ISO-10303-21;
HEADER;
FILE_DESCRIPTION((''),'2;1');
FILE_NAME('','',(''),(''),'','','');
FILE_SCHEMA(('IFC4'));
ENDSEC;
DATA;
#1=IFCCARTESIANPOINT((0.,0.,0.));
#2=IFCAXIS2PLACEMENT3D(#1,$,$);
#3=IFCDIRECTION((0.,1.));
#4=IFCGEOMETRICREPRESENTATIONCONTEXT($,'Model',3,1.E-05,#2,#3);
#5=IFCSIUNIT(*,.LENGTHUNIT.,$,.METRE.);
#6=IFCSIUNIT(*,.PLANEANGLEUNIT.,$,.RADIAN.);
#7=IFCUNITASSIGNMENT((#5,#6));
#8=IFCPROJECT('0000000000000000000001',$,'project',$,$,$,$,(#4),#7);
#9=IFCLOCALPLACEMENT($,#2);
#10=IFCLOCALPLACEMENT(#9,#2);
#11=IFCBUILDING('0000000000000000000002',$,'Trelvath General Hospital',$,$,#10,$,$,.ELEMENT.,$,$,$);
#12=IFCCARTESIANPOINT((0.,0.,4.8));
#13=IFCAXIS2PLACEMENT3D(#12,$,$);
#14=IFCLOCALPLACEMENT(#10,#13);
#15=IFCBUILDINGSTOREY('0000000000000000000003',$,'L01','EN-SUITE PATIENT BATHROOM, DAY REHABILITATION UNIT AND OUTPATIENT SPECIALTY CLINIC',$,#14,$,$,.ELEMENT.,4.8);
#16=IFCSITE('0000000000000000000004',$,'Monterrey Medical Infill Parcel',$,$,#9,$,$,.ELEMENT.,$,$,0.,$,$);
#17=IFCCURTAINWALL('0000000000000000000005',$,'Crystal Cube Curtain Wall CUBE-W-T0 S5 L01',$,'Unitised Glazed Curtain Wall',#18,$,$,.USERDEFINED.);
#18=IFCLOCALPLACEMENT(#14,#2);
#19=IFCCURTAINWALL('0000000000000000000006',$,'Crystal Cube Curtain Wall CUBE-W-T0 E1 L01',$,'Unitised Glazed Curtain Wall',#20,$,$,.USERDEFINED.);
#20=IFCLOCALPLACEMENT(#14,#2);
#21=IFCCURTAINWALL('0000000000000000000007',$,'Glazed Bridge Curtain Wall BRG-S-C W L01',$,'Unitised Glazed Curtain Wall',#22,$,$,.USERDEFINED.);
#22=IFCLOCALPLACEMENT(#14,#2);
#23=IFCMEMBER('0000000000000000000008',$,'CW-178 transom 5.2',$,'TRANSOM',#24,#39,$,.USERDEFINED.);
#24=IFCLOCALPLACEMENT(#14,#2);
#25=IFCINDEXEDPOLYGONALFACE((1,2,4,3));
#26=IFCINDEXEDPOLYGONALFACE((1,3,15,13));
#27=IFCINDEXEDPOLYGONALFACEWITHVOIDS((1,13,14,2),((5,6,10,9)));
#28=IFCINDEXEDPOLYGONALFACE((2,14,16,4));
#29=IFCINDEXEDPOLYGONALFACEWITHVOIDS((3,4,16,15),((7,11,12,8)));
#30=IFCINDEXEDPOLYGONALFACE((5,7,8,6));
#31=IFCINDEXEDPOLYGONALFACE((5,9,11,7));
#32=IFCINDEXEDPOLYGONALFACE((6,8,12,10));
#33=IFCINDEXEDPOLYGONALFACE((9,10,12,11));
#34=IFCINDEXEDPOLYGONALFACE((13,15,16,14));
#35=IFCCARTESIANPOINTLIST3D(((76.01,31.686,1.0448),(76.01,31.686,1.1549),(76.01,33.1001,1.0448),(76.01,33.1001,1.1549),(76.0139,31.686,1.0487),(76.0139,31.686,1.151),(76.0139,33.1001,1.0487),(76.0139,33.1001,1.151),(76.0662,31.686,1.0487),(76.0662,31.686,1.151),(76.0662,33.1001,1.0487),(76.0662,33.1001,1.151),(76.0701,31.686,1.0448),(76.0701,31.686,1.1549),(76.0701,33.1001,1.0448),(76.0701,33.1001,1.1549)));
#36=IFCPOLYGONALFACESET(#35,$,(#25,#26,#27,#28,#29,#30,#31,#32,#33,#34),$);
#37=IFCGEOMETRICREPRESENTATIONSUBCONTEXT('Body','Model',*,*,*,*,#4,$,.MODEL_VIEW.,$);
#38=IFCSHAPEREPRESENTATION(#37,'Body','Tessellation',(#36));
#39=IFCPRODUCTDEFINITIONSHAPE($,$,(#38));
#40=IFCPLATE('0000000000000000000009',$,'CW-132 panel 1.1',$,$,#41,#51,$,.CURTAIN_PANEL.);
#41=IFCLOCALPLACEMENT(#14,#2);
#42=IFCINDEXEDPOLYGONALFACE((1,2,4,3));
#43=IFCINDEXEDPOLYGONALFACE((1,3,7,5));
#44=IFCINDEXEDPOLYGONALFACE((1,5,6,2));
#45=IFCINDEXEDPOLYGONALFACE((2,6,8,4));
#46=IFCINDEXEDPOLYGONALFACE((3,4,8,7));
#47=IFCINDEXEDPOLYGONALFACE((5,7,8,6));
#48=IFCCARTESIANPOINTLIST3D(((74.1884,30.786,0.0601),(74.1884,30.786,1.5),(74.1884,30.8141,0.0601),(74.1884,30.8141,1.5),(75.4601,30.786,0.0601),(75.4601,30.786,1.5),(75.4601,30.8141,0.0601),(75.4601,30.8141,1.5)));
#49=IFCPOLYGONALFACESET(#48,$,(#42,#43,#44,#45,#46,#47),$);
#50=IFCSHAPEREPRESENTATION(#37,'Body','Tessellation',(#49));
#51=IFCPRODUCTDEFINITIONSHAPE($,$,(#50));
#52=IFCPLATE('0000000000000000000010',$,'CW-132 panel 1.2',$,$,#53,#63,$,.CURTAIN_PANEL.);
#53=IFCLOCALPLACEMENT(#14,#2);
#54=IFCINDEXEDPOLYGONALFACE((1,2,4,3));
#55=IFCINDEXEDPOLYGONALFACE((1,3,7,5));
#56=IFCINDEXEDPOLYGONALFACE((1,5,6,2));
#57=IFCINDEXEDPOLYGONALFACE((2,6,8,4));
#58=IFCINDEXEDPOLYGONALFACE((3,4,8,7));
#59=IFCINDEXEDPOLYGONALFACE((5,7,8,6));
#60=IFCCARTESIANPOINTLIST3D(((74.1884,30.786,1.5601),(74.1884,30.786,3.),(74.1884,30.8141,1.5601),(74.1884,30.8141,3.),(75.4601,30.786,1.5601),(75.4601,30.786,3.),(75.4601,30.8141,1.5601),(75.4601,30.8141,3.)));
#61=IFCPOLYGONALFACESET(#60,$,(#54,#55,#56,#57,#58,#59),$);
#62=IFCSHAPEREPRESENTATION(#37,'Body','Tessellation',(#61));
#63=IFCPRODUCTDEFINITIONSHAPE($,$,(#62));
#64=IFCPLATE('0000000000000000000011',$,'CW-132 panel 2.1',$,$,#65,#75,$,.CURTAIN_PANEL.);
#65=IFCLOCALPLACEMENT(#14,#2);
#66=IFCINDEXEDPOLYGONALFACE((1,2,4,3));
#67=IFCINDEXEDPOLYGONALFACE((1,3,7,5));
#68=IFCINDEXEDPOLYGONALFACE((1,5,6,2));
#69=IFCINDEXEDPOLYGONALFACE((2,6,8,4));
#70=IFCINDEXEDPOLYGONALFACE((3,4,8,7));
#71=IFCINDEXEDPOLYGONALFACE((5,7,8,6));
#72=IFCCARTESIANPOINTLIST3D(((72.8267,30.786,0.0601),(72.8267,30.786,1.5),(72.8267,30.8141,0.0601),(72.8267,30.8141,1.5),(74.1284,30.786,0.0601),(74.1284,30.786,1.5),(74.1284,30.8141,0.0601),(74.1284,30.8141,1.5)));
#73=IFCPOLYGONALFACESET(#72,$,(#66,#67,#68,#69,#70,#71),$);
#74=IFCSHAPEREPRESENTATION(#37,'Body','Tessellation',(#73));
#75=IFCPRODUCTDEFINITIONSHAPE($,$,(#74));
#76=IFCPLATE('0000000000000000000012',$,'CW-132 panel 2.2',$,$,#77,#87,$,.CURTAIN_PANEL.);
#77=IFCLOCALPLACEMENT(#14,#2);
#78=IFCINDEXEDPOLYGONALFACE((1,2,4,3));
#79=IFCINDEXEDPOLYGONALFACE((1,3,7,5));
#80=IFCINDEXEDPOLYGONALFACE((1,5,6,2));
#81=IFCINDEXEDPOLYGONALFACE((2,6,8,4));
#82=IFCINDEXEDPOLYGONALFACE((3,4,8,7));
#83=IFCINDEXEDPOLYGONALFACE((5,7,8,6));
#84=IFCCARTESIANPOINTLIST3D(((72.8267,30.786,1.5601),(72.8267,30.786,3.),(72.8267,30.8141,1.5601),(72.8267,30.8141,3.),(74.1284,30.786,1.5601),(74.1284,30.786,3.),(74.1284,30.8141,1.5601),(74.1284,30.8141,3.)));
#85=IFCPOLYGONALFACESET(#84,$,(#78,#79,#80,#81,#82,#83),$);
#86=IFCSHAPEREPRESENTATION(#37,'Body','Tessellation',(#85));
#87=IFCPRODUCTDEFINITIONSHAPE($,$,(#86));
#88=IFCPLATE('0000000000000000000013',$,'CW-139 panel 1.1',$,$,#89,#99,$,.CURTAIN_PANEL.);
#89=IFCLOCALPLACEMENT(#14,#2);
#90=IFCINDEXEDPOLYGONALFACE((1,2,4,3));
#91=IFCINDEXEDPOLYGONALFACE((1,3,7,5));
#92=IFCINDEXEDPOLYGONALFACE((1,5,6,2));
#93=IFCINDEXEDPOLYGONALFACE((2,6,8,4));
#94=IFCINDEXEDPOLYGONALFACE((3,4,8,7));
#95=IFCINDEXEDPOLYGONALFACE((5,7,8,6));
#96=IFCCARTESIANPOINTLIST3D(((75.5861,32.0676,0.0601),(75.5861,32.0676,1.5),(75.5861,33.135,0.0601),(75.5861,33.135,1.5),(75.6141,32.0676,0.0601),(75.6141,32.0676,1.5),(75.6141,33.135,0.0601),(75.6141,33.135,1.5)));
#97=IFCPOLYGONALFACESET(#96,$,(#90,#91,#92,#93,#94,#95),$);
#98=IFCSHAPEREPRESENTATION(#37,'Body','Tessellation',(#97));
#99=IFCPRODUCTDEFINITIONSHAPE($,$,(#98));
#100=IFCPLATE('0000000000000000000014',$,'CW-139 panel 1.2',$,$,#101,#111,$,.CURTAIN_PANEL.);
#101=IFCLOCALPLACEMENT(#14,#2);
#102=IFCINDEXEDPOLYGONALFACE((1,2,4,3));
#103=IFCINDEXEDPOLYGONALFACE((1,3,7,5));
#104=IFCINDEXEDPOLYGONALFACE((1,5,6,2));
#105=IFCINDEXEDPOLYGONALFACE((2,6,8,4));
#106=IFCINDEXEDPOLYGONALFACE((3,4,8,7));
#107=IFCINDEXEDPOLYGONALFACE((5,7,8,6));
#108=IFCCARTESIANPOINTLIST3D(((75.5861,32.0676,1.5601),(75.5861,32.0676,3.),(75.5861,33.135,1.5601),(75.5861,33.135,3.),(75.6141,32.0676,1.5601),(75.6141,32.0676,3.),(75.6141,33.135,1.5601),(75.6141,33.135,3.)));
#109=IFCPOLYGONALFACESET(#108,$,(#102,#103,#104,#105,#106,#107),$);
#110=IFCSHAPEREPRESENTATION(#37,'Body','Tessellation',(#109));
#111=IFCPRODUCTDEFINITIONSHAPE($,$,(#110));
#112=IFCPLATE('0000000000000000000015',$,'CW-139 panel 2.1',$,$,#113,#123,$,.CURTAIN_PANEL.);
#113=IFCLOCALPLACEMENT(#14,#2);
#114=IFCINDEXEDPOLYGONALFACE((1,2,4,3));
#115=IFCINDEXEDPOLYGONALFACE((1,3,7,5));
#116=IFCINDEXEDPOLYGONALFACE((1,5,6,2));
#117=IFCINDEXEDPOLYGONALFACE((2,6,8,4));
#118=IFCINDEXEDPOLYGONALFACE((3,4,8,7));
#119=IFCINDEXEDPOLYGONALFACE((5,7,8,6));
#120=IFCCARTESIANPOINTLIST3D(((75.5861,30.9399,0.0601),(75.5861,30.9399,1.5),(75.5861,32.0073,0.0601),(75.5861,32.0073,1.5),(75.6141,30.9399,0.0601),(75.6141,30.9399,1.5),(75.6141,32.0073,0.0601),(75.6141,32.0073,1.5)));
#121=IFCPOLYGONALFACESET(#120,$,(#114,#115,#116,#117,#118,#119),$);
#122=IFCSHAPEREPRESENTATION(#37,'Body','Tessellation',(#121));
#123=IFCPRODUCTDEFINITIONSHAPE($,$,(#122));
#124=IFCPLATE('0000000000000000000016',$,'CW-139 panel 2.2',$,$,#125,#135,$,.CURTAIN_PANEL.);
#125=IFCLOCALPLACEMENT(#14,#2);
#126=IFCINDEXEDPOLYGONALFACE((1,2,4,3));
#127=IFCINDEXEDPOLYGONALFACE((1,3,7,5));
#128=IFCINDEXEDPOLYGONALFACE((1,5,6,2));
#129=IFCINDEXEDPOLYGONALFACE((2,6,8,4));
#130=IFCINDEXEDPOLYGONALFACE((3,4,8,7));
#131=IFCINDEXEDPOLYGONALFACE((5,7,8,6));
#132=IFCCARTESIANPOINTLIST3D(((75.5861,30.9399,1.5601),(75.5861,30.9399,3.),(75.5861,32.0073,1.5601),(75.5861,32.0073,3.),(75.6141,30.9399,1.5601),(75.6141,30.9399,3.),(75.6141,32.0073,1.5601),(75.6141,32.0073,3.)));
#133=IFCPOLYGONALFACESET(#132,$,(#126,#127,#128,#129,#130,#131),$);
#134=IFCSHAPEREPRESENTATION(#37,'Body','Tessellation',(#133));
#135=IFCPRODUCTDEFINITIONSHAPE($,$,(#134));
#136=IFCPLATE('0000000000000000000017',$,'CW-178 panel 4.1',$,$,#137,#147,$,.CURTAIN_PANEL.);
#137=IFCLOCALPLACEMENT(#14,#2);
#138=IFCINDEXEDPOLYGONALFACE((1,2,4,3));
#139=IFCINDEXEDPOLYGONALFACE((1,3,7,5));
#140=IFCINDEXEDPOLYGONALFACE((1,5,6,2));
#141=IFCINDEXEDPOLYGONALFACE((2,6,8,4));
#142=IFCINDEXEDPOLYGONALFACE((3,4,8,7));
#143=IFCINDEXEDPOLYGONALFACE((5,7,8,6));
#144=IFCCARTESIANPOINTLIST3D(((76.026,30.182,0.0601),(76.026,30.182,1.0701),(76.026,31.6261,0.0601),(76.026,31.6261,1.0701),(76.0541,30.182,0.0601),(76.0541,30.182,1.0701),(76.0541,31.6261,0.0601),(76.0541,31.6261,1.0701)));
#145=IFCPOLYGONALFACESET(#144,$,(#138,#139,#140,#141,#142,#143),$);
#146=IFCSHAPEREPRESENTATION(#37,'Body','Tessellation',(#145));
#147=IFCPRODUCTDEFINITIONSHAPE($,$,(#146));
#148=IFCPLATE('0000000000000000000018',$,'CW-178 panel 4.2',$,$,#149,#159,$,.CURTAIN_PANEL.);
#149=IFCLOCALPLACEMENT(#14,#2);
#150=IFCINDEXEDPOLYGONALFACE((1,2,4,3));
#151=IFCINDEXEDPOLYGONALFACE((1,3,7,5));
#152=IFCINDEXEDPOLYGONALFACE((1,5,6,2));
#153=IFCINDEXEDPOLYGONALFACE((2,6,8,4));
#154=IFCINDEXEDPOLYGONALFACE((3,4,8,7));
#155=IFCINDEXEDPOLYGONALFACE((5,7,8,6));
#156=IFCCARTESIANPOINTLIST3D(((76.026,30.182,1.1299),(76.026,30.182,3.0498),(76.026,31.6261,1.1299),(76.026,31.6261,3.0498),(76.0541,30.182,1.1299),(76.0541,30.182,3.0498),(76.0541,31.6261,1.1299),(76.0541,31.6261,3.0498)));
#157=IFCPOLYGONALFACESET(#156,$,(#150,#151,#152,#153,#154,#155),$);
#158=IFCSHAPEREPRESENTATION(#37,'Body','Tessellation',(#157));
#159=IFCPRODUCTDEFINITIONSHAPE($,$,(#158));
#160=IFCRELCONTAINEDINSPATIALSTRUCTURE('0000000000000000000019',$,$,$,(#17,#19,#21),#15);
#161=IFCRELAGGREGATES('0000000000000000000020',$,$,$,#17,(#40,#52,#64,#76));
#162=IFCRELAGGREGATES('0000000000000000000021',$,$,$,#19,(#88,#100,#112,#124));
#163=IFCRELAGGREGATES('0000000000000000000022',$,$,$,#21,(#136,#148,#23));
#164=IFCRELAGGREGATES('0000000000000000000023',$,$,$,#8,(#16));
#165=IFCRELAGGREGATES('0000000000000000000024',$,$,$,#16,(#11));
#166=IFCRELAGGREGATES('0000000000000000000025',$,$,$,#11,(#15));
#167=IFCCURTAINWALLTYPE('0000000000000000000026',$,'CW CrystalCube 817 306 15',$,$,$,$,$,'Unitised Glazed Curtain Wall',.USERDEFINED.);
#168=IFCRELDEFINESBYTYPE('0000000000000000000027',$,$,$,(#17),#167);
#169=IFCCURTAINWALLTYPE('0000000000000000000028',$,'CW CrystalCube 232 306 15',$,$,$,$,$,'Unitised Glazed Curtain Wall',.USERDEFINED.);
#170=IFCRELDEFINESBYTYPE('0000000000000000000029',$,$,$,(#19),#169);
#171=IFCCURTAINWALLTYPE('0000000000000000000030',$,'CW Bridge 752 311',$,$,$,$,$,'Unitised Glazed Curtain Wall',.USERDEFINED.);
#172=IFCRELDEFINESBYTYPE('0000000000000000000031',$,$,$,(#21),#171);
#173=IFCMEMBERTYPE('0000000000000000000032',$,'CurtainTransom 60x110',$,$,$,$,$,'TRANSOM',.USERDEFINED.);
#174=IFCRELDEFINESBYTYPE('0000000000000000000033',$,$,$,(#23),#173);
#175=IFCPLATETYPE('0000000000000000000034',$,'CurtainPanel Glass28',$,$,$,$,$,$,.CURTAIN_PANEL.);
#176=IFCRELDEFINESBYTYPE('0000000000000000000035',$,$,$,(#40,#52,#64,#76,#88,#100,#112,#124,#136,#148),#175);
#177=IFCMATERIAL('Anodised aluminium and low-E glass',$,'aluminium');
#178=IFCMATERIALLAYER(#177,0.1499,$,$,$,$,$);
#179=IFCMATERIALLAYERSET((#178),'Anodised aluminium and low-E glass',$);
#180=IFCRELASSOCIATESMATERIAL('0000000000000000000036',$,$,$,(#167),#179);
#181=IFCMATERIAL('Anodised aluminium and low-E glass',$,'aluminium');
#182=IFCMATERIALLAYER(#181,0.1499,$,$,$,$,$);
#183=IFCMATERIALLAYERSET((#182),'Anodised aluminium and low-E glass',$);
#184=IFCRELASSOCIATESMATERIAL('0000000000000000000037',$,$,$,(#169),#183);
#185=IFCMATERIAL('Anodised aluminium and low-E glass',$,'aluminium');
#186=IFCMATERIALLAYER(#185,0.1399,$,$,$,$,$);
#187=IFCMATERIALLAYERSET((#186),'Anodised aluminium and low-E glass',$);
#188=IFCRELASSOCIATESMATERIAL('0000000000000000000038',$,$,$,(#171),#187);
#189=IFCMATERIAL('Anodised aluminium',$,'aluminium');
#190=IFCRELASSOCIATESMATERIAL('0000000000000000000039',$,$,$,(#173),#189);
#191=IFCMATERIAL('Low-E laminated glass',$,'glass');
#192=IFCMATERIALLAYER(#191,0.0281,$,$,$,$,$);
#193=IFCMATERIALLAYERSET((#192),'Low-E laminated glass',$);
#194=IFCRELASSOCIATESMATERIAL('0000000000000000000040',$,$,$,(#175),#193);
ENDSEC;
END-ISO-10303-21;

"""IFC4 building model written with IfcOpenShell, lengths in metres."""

from ifc_helpers import new_model, si_unit, direction, frame, origin, origin_2d, place, context, subcontext, project, spatial, rectangle, hollow_rectangle, extrude, material, layer, layer_set, material_profile, profile_set, type_object, element, aggregate, save


model = new_model("IFC4")

# Units and contexts
model_context = context("Model", 3, precision=1e-05, world=origin(), true_north=direction((0.0, 1.0)))
body_context = subcontext(model_context, "Body", "Model", "MODEL_VIEW")
ifc_project = project(units=[si_unit("LENGTHUNIT", "METRE"), si_unit("PLANEANGLEUNIT", "RADIAN")], contexts=[model_context])

# Site, building, storey
site_placement = place(None, origin())
site = spatial("IfcSite", under=ifc_project, at=site_placement, Name="Monterrey Medical Infill Parcel", CompositionType="ELEMENT", RefElevation=0.0)
building_placement = place(site_placement, origin())
building = spatial("IfcBuilding", under=site, at=building_placement, Name="Trelvath General Hospital", CompositionType="ELEMENT")
storey_placement = place(building_placement, frame((0.0, 0.0, 4.8)))
storey = spatial("IfcBuildingStorey", under=building, at=storey_placement, Name="L01", Description="EN-SUITE PATIENT BATHROOM, DAY REHABILITATION UNIT AND OUTPATIENT SPECIALTY CLINIC", CompositionType="ELEMENT", Elevation=4.8)

# Curtain walls
ifc_material_1 = material(Name="Anodised aluminium and low-E glass", Category="aluminium")
ifc_layer_1 = layer(ifc_material_1, 0.1499)
ifc_layer_set_1 = layer_set([ifc_layer_1], Name="Anodised aluminium and low-E glass")
curtain_wall_type_1 = type_object("IfcCurtainWallType", Name="CW CrystalCube 817 306 15", ElementType="Unitised Glazed Curtain Wall", PredefinedType="USERDEFINED", material=ifc_layer_set_1)
curtain_wall_1_placement = place(storey_placement, origin())
curtain_wall_1 = element("IfcCurtainWall", 1, at=curtain_wall_1_placement, inside=storey, type_object=curtain_wall_type_1, Name="Crystal Cube Curtain Wall CUBE-W-T0 S5 L01", ObjectType="Unitised Glazed Curtain Wall", PredefinedType="USERDEFINED")
ifc_material_2 = material(Name="Anodised aluminium and low-E glass", Category="aluminium")
ifc_layer_2 = layer(ifc_material_2, 0.1499)
ifc_layer_set_2 = layer_set([ifc_layer_2], Name="Anodised aluminium and low-E glass")
curtain_wall_type_2 = type_object("IfcCurtainWallType", Name="CW CrystalCube 232 306 15", ElementType="Unitised Glazed Curtain Wall", PredefinedType="USERDEFINED", material=ifc_layer_set_2)
curtain_wall_2_placement = place(storey_placement, origin())
curtain_wall_2 = element("IfcCurtainWall", 2, at=curtain_wall_2_placement, inside=storey, type_object=curtain_wall_type_2, Name="Crystal Cube Curtain Wall CUBE-W-T0 E1 L01", ObjectType="Unitised Glazed Curtain Wall", PredefinedType="USERDEFINED")

# Curtain wall
ifc_material_3 = material(Name="Anodised aluminium and low-E glass", Category="aluminium")
ifc_layer_3 = layer(ifc_material_3, 0.1399)
ifc_layer_set_3 = layer_set([ifc_layer_3], Name="Anodised aluminium and low-E glass")
curtain_wall_type_3 = type_object("IfcCurtainWallType", Name="CW Bridge 752 311", ElementType="Unitised Glazed Curtain Wall", PredefinedType="USERDEFINED", material=ifc_layer_set_3)
curtain_wall_3_placement = place(storey_placement, origin())
curtain_wall_3 = element("IfcCurtainWall", 3, at=curtain_wall_3_placement, inside=storey, type_object=curtain_wall_type_3, Name="Glazed Bridge Curtain Wall BRG-S-C W L01", ObjectType="Unitised Glazed Curtain Wall", PredefinedType="USERDEFINED")

# Member
ifc_material_4 = material(Name="Anodised aluminium", Category="aluminium")
ifc_material_profile_1 = material_profile(ifc_material_4, hollow_rectangle(XDim=0.0601, YDim=0.1101, WallThickness=0.0039, at=origin_2d()), Name="RHS60x110x4")
ifc_profile_set_1 = profile_set([ifc_material_profile_1], Name="Anodised aluminium")
member_type_1 = type_object("IfcMemberType", Name="CurtainTransom 60x110", ElementType="TRANSOM", PredefinedType="USERDEFINED", material=ifc_profile_set_1)
member_1_placement = place(storey_placement, frame((76.04, 31.686, 1.0999), z_axis=(0.0, 1.0, 0.0), x_axis=(-1.0, 0.0, 0.0)))
member_1 = element("IfcMember", 4, at=member_1_placement, type_object=member_type_1, Name="CW-178 transom 5.2", ObjectType="TRANSOM", PredefinedType="USERDEFINED", context=body_context, shape_type="SweptSolid", body=[
    extrude(hollow_rectangle(XDim=0.0601, YDim=0.1101, WallThickness=0.0039, at=origin_2d()), origin(), (0.0, 0.0, 1.0), 1.4141),
])

# Plates
ifc_material_5 = material(Name="Low-E laminated glass", Category="glass")
ifc_layer_4 = layer(ifc_material_5, 0.0281)
ifc_layer_set_4 = layer_set([ifc_layer_4], Name="Low-E laminated glass")
plate_type = type_object("IfcPlateType", Name="CurtainPanel Glass28", PredefinedType="CURTAIN_PANEL", material=ifc_layer_set_4)
plate_1_placement = place(storey_placement, frame((74.8242, 30.8, 0.0601), z_axis=(0.0, 0.0, 1.0), x_axis=(-1.0, 0.0, 0.0)))
plate_1 = element("IfcPlate", 5, at=plate_1_placement, type_object=plate_type, Name="CW-132 panel 1.1", PredefinedType="CURTAIN_PANEL", context=body_context, shape_type="SweptSolid", body=[
    extrude(rectangle(XDim=1.2717, YDim=0.0281, at=origin_2d()), origin(), (0.0, 0.0, 1.0), 1.4399),
])
plate_2_placement = place(storey_placement, frame((74.8242, 30.8, 1.5601), z_axis=(0.0, 0.0, 1.0), x_axis=(-1.0, 0.0, 0.0)))
plate_2 = element("IfcPlate", 6, at=plate_2_placement, type_object=plate_type, Name="CW-132 panel 1.2", PredefinedType="CURTAIN_PANEL", context=body_context, shape_type="SweptSolid", body=[
    extrude(rectangle(XDim=1.2717, YDim=0.0281, at=origin_2d()), origin(), (0.0, 0.0, 1.0), 1.4399),
])
plate_3_placement = place(storey_placement, frame((73.4775, 30.8, 0.0601), z_axis=(0.0, 0.0, 1.0), x_axis=(-1.0, 0.0, 0.0)))
plate_3 = element("IfcPlate", 7, at=plate_3_placement, type_object=plate_type, Name="CW-132 panel 2.1", PredefinedType="CURTAIN_PANEL", context=body_context, shape_type="SweptSolid", body=[
    extrude(rectangle(XDim=1.3018, YDim=0.0281, at=origin_2d()), origin(), (0.0, 0.0, 1.0), 1.4399),
])
plate_4_placement = place(storey_placement, frame((73.4775, 30.8, 1.5601), z_axis=(0.0, 0.0, 1.0), x_axis=(-1.0, 0.0, 0.0)))
plate_4 = element("IfcPlate", 8, at=plate_4_placement, type_object=plate_type, Name="CW-132 panel 2.2", PredefinedType="CURTAIN_PANEL", context=body_context, shape_type="SweptSolid", body=[
    extrude(rectangle(XDim=1.3018, YDim=0.0281, at=origin_2d()), origin(), (0.0, 0.0, 1.0), 1.4399),
])
aggregate(curtain_wall_1, [plate_1, plate_2, plate_3, plate_4])
plate_5_placement = place(storey_placement, frame((75.6001, 32.6013, 0.0601), z_axis=(0.0, 0.0, 1.0), x_axis=(0.0, -1.0, 0.0)))
plate_5 = element("IfcPlate", 9, at=plate_5_placement, type_object=plate_type, Name="CW-139 panel 1.1", PredefinedType="CURTAIN_PANEL", context=body_context, shape_type="SweptSolid", body=[
    extrude(rectangle(XDim=1.0674, YDim=0.0281, at=origin_2d()), origin(), (0.0, 0.0, 1.0), 1.4399),
])
plate_6_placement = place(storey_placement, frame((75.6001, 32.6013, 1.5601), z_axis=(0.0, 0.0, 1.0), x_axis=(0.0, -1.0, 0.0)))
plate_6 = element("IfcPlate", 10, at=plate_6_placement, type_object=plate_type, Name="CW-139 panel 1.2", PredefinedType="CURTAIN_PANEL", context=body_context, shape_type="SweptSolid", body=[
    extrude(rectangle(XDim=1.0674, YDim=0.0281, at=origin_2d()), origin(), (0.0, 0.0, 1.0), 1.4399),
])
plate_7_placement = place(storey_placement, frame((75.6001, 31.4736, 0.0601), z_axis=(0.0, 0.0, 1.0), x_axis=(0.0, -1.0, 0.0)))
plate_7 = element("IfcPlate", 11, at=plate_7_placement, type_object=plate_type, Name="CW-139 panel 2.1", PredefinedType="CURTAIN_PANEL", context=body_context, shape_type="SweptSolid", body=[
    extrude(rectangle(XDim=1.0674, YDim=0.0281, at=origin_2d()), origin(), (0.0, 0.0, 1.0), 1.4399),
])
plate_8_placement = place(storey_placement, frame((75.6001, 31.4736, 1.5601), z_axis=(0.0, 0.0, 1.0), x_axis=(0.0, -1.0, 0.0)))
plate_8 = element("IfcPlate", 12, at=plate_8_placement, type_object=plate_type, Name="CW-139 panel 2.2", PredefinedType="CURTAIN_PANEL", context=body_context, shape_type="SweptSolid", body=[
    extrude(rectangle(XDim=1.0674, YDim=0.0281, at=origin_2d()), origin(), (0.0, 0.0, 1.0), 1.4399),
])
aggregate(curtain_wall_2, [plate_5, plate_6, plate_7, plate_8])
plate_9_placement = place(storey_placement, frame((76.04, 30.9041, 0.0601), z_axis=(0.0, 0.0, 1.0), x_axis=(0.0, 1.0, 0.0)))
plate_9 = element("IfcPlate", 13, at=plate_9_placement, type_object=plate_type, Name="CW-178 panel 4.1", PredefinedType="CURTAIN_PANEL", context=body_context, shape_type="SweptSolid", body=[
    extrude(rectangle(XDim=1.4441, YDim=0.0281, at=origin_2d()), origin(), (0.0, 0.0, 1.0), 1.01),
])
plate_10_placement = place(storey_placement, frame((76.04, 30.9041, 1.1299), z_axis=(0.0, 0.0, 1.0), x_axis=(0.0, 1.0, 0.0)))
plate_10 = element("IfcPlate", 14, at=plate_10_placement, type_object=plate_type, Name="CW-178 panel 4.2", PredefinedType="CURTAIN_PANEL", context=body_context, shape_type="SweptSolid", body=[
    extrude(rectangle(XDim=1.4441, YDim=0.0281, at=origin_2d()), origin(), (0.0, 0.0, 1.0), 1.9199),
])
aggregate(curtain_wall_3, [plate_9, plate_10, member_1])

save(model, "model.ifc")
